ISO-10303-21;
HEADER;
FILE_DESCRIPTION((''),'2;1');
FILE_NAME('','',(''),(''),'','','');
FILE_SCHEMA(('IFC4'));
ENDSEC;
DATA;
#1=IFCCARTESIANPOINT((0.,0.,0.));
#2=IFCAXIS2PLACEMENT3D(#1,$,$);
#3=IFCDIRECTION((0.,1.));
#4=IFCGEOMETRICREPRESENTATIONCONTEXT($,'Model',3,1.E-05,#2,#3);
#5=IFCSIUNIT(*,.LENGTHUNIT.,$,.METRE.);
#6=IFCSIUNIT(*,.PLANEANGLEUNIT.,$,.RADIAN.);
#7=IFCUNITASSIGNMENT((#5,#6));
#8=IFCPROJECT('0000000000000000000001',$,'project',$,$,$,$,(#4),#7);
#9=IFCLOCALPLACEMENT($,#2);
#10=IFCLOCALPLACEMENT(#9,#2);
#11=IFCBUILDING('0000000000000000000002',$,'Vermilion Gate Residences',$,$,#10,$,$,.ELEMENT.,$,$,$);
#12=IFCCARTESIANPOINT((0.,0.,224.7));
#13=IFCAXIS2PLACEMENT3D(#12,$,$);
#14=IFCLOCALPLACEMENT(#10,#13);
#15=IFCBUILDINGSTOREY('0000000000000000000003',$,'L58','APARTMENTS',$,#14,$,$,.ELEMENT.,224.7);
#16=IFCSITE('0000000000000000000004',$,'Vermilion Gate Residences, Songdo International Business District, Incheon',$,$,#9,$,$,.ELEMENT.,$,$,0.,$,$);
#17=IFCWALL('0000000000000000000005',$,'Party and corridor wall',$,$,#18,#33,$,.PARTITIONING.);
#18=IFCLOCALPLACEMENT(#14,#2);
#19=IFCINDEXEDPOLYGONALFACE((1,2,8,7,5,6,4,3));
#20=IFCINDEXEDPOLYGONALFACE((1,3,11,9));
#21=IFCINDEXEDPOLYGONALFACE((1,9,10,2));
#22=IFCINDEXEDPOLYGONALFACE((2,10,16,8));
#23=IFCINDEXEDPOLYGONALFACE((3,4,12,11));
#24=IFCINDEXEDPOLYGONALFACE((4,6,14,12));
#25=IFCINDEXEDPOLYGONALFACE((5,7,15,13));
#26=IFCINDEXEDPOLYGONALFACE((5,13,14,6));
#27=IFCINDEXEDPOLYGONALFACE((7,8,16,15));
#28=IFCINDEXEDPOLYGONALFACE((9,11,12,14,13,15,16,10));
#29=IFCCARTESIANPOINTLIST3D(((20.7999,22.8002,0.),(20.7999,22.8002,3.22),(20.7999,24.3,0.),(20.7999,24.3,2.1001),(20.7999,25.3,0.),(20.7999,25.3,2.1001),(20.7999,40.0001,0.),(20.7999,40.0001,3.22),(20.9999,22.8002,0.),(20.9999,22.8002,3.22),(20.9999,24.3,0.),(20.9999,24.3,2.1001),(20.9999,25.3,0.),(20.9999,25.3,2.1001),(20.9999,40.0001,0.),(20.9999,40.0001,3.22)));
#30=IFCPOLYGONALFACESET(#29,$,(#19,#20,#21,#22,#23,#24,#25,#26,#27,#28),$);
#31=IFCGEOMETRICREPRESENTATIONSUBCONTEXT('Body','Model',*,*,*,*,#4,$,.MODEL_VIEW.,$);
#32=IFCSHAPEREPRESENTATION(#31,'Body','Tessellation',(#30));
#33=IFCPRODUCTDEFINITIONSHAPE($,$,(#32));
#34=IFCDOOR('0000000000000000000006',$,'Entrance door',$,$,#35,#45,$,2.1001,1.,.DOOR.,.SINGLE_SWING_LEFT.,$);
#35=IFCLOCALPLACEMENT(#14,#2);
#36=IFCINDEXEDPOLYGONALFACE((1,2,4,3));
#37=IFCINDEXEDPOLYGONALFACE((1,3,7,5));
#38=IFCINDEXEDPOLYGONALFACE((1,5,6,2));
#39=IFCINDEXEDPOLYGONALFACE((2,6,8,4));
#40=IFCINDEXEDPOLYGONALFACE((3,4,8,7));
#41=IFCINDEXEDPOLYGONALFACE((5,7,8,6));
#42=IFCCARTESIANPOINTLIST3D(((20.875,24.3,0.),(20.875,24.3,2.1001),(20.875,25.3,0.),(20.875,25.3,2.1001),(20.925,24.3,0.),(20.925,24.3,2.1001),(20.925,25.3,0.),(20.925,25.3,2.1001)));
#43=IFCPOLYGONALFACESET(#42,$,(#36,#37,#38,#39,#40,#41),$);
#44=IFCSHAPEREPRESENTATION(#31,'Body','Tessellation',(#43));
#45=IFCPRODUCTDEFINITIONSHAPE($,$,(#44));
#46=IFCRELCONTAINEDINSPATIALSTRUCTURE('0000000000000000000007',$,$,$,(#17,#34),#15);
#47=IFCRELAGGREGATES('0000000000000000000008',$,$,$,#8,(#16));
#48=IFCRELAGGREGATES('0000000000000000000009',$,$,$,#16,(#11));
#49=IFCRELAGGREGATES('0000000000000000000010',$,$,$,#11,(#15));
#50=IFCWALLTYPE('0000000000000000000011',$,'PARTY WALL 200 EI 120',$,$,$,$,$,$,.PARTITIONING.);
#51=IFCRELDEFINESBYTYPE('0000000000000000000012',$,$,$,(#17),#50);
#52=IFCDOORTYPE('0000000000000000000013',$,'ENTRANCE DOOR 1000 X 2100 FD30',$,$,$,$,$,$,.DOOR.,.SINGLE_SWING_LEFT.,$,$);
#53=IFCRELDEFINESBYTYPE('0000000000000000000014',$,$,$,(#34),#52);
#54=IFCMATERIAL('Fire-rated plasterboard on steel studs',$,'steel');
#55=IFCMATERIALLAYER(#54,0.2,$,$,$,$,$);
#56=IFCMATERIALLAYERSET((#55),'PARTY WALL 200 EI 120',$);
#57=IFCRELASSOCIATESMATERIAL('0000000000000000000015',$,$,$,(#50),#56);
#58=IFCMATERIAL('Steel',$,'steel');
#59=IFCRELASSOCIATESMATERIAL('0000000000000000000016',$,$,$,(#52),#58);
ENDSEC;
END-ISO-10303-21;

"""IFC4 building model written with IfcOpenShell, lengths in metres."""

from ifc_helpers import new_model, si_unit, direction, frame, frame_2d, origin, place, context, subcontext, project, spatial, rectangle, extrude, material, layer, layer_set, type_object, element, fill, save


model = new_model("IFC4")

# Units and contexts
model_context = context("Model", 3, precision=1e-05, world=origin(), true_north=direction((0.0, 1.0)))
body_context = subcontext(model_context, "Body", "Model", "MODEL_VIEW")
ifc_project = project(units=[si_unit("LENGTHUNIT", "METRE"), si_unit("PLANEANGLEUNIT", "RADIAN")], contexts=[model_context])

# Site, building, storey
site_placement = place(None, origin())
site = spatial("IfcSite", under=ifc_project, at=site_placement, Name="Vermilion Gate Residences, Songdo International Business District, Incheon", CompositionType="ELEMENT", RefElevation=0.0)
building_placement = place(site_placement, origin())
building = spatial("IfcBuilding", under=site, at=building_placement, Name="Vermilion Gate Residences", CompositionType="ELEMENT")
storey_placement = place(building_placement, frame((0.0, 0.0, 224.7)))
storey = spatial("IfcBuildingStorey", under=building, at=storey_placement, Name="L58", Description="APARTMENTS", CompositionType="ELEMENT", Elevation=224.7)

# Shared definitions
ifc_material_1 = material(Name="Fire-rated plasterboard on steel studs", Category="steel")
ifc_layer_1 = layer(ifc_material_1, 0.2)
ifc_layer_set_1 = layer_set([ifc_layer_1], Name="PARTY WALL 200 EI 120")
wall_type_1 = type_object("IfcWallType", Name="PARTY WALL 200 EI 120", PredefinedType="PARTITIONING", material=ifc_layer_set_1)

# Wall, opening, door
wall_1_placement = place(storey_placement, frame((20.8999, 22.8, 0.0), z_axis=(0.0, 0.0, 1.0), x_axis=(0.0, 1.0, 0.0)))
wall_1 = element("IfcWall", 1, at=wall_1_placement, inside=storey, type_object=wall_type_1, Name="Party and corridor wall", PredefinedType="PARTITIONING", context=body_context, shape_type="SweptSolid", body=[
    extrude(rectangle(XDim=17.2, YDim=0.2, at=frame_2d((8.6001, 0.0))), origin(), (0.0, 0.0, 1.0), 3.22),
])
opening_1_placement = place(wall_1_placement, frame((1.5, 0.0, 0.0)))
opening_1 = element("IfcOpeningElement", 2, at=opening_1_placement, cuts=wall_1, PredefinedType="OPENING", context=body_context, shape_type="SweptSolid", body=[
    extrude(rectangle(XDim=1.0, YDim=2.1001, at=frame_2d((0.5, 1.05))), frame((0.0, 0.1099, 0.0), z_axis=(0.0, -1.0, 0.0), x_axis=(1.0, 0.0, 0.0)), (0.0, 0.0, 1.0), 0.22),
])
ifc_material_2 = material(Name="Steel", Category="steel")
door_type_1 = type_object("IfcDoorType", Name="ENTRANCE DOOR 1000 X 2100 FD30", OperationType="SINGLE_SWING_LEFT", PredefinedType="DOOR", material=ifc_material_2)
door_1_placement = place(opening_1_placement, origin())
door_1 = element("IfcDoor", 3, at=door_1_placement, inside=storey, type_object=door_type_1, Name="Entrance door", OperationType="SINGLE_SWING_LEFT", OverallHeight=2.1001, OverallWidth=1.0, PredefinedType="DOOR", context=body_context, shape_type="SweptSolid", body=[
    extrude(rectangle(XDim=1.0, YDim=2.1001, at=frame_2d((0.5, 1.05))), frame((0.0, 0.0249, 0.0), z_axis=(0.0, -1.0, 0.0), x_axis=(1.0, 0.0, 0.0)), (0.0, 0.0, 1.0), 0.05),
])
fill(opening_1, door_1)

save(model, "model.ifc")
